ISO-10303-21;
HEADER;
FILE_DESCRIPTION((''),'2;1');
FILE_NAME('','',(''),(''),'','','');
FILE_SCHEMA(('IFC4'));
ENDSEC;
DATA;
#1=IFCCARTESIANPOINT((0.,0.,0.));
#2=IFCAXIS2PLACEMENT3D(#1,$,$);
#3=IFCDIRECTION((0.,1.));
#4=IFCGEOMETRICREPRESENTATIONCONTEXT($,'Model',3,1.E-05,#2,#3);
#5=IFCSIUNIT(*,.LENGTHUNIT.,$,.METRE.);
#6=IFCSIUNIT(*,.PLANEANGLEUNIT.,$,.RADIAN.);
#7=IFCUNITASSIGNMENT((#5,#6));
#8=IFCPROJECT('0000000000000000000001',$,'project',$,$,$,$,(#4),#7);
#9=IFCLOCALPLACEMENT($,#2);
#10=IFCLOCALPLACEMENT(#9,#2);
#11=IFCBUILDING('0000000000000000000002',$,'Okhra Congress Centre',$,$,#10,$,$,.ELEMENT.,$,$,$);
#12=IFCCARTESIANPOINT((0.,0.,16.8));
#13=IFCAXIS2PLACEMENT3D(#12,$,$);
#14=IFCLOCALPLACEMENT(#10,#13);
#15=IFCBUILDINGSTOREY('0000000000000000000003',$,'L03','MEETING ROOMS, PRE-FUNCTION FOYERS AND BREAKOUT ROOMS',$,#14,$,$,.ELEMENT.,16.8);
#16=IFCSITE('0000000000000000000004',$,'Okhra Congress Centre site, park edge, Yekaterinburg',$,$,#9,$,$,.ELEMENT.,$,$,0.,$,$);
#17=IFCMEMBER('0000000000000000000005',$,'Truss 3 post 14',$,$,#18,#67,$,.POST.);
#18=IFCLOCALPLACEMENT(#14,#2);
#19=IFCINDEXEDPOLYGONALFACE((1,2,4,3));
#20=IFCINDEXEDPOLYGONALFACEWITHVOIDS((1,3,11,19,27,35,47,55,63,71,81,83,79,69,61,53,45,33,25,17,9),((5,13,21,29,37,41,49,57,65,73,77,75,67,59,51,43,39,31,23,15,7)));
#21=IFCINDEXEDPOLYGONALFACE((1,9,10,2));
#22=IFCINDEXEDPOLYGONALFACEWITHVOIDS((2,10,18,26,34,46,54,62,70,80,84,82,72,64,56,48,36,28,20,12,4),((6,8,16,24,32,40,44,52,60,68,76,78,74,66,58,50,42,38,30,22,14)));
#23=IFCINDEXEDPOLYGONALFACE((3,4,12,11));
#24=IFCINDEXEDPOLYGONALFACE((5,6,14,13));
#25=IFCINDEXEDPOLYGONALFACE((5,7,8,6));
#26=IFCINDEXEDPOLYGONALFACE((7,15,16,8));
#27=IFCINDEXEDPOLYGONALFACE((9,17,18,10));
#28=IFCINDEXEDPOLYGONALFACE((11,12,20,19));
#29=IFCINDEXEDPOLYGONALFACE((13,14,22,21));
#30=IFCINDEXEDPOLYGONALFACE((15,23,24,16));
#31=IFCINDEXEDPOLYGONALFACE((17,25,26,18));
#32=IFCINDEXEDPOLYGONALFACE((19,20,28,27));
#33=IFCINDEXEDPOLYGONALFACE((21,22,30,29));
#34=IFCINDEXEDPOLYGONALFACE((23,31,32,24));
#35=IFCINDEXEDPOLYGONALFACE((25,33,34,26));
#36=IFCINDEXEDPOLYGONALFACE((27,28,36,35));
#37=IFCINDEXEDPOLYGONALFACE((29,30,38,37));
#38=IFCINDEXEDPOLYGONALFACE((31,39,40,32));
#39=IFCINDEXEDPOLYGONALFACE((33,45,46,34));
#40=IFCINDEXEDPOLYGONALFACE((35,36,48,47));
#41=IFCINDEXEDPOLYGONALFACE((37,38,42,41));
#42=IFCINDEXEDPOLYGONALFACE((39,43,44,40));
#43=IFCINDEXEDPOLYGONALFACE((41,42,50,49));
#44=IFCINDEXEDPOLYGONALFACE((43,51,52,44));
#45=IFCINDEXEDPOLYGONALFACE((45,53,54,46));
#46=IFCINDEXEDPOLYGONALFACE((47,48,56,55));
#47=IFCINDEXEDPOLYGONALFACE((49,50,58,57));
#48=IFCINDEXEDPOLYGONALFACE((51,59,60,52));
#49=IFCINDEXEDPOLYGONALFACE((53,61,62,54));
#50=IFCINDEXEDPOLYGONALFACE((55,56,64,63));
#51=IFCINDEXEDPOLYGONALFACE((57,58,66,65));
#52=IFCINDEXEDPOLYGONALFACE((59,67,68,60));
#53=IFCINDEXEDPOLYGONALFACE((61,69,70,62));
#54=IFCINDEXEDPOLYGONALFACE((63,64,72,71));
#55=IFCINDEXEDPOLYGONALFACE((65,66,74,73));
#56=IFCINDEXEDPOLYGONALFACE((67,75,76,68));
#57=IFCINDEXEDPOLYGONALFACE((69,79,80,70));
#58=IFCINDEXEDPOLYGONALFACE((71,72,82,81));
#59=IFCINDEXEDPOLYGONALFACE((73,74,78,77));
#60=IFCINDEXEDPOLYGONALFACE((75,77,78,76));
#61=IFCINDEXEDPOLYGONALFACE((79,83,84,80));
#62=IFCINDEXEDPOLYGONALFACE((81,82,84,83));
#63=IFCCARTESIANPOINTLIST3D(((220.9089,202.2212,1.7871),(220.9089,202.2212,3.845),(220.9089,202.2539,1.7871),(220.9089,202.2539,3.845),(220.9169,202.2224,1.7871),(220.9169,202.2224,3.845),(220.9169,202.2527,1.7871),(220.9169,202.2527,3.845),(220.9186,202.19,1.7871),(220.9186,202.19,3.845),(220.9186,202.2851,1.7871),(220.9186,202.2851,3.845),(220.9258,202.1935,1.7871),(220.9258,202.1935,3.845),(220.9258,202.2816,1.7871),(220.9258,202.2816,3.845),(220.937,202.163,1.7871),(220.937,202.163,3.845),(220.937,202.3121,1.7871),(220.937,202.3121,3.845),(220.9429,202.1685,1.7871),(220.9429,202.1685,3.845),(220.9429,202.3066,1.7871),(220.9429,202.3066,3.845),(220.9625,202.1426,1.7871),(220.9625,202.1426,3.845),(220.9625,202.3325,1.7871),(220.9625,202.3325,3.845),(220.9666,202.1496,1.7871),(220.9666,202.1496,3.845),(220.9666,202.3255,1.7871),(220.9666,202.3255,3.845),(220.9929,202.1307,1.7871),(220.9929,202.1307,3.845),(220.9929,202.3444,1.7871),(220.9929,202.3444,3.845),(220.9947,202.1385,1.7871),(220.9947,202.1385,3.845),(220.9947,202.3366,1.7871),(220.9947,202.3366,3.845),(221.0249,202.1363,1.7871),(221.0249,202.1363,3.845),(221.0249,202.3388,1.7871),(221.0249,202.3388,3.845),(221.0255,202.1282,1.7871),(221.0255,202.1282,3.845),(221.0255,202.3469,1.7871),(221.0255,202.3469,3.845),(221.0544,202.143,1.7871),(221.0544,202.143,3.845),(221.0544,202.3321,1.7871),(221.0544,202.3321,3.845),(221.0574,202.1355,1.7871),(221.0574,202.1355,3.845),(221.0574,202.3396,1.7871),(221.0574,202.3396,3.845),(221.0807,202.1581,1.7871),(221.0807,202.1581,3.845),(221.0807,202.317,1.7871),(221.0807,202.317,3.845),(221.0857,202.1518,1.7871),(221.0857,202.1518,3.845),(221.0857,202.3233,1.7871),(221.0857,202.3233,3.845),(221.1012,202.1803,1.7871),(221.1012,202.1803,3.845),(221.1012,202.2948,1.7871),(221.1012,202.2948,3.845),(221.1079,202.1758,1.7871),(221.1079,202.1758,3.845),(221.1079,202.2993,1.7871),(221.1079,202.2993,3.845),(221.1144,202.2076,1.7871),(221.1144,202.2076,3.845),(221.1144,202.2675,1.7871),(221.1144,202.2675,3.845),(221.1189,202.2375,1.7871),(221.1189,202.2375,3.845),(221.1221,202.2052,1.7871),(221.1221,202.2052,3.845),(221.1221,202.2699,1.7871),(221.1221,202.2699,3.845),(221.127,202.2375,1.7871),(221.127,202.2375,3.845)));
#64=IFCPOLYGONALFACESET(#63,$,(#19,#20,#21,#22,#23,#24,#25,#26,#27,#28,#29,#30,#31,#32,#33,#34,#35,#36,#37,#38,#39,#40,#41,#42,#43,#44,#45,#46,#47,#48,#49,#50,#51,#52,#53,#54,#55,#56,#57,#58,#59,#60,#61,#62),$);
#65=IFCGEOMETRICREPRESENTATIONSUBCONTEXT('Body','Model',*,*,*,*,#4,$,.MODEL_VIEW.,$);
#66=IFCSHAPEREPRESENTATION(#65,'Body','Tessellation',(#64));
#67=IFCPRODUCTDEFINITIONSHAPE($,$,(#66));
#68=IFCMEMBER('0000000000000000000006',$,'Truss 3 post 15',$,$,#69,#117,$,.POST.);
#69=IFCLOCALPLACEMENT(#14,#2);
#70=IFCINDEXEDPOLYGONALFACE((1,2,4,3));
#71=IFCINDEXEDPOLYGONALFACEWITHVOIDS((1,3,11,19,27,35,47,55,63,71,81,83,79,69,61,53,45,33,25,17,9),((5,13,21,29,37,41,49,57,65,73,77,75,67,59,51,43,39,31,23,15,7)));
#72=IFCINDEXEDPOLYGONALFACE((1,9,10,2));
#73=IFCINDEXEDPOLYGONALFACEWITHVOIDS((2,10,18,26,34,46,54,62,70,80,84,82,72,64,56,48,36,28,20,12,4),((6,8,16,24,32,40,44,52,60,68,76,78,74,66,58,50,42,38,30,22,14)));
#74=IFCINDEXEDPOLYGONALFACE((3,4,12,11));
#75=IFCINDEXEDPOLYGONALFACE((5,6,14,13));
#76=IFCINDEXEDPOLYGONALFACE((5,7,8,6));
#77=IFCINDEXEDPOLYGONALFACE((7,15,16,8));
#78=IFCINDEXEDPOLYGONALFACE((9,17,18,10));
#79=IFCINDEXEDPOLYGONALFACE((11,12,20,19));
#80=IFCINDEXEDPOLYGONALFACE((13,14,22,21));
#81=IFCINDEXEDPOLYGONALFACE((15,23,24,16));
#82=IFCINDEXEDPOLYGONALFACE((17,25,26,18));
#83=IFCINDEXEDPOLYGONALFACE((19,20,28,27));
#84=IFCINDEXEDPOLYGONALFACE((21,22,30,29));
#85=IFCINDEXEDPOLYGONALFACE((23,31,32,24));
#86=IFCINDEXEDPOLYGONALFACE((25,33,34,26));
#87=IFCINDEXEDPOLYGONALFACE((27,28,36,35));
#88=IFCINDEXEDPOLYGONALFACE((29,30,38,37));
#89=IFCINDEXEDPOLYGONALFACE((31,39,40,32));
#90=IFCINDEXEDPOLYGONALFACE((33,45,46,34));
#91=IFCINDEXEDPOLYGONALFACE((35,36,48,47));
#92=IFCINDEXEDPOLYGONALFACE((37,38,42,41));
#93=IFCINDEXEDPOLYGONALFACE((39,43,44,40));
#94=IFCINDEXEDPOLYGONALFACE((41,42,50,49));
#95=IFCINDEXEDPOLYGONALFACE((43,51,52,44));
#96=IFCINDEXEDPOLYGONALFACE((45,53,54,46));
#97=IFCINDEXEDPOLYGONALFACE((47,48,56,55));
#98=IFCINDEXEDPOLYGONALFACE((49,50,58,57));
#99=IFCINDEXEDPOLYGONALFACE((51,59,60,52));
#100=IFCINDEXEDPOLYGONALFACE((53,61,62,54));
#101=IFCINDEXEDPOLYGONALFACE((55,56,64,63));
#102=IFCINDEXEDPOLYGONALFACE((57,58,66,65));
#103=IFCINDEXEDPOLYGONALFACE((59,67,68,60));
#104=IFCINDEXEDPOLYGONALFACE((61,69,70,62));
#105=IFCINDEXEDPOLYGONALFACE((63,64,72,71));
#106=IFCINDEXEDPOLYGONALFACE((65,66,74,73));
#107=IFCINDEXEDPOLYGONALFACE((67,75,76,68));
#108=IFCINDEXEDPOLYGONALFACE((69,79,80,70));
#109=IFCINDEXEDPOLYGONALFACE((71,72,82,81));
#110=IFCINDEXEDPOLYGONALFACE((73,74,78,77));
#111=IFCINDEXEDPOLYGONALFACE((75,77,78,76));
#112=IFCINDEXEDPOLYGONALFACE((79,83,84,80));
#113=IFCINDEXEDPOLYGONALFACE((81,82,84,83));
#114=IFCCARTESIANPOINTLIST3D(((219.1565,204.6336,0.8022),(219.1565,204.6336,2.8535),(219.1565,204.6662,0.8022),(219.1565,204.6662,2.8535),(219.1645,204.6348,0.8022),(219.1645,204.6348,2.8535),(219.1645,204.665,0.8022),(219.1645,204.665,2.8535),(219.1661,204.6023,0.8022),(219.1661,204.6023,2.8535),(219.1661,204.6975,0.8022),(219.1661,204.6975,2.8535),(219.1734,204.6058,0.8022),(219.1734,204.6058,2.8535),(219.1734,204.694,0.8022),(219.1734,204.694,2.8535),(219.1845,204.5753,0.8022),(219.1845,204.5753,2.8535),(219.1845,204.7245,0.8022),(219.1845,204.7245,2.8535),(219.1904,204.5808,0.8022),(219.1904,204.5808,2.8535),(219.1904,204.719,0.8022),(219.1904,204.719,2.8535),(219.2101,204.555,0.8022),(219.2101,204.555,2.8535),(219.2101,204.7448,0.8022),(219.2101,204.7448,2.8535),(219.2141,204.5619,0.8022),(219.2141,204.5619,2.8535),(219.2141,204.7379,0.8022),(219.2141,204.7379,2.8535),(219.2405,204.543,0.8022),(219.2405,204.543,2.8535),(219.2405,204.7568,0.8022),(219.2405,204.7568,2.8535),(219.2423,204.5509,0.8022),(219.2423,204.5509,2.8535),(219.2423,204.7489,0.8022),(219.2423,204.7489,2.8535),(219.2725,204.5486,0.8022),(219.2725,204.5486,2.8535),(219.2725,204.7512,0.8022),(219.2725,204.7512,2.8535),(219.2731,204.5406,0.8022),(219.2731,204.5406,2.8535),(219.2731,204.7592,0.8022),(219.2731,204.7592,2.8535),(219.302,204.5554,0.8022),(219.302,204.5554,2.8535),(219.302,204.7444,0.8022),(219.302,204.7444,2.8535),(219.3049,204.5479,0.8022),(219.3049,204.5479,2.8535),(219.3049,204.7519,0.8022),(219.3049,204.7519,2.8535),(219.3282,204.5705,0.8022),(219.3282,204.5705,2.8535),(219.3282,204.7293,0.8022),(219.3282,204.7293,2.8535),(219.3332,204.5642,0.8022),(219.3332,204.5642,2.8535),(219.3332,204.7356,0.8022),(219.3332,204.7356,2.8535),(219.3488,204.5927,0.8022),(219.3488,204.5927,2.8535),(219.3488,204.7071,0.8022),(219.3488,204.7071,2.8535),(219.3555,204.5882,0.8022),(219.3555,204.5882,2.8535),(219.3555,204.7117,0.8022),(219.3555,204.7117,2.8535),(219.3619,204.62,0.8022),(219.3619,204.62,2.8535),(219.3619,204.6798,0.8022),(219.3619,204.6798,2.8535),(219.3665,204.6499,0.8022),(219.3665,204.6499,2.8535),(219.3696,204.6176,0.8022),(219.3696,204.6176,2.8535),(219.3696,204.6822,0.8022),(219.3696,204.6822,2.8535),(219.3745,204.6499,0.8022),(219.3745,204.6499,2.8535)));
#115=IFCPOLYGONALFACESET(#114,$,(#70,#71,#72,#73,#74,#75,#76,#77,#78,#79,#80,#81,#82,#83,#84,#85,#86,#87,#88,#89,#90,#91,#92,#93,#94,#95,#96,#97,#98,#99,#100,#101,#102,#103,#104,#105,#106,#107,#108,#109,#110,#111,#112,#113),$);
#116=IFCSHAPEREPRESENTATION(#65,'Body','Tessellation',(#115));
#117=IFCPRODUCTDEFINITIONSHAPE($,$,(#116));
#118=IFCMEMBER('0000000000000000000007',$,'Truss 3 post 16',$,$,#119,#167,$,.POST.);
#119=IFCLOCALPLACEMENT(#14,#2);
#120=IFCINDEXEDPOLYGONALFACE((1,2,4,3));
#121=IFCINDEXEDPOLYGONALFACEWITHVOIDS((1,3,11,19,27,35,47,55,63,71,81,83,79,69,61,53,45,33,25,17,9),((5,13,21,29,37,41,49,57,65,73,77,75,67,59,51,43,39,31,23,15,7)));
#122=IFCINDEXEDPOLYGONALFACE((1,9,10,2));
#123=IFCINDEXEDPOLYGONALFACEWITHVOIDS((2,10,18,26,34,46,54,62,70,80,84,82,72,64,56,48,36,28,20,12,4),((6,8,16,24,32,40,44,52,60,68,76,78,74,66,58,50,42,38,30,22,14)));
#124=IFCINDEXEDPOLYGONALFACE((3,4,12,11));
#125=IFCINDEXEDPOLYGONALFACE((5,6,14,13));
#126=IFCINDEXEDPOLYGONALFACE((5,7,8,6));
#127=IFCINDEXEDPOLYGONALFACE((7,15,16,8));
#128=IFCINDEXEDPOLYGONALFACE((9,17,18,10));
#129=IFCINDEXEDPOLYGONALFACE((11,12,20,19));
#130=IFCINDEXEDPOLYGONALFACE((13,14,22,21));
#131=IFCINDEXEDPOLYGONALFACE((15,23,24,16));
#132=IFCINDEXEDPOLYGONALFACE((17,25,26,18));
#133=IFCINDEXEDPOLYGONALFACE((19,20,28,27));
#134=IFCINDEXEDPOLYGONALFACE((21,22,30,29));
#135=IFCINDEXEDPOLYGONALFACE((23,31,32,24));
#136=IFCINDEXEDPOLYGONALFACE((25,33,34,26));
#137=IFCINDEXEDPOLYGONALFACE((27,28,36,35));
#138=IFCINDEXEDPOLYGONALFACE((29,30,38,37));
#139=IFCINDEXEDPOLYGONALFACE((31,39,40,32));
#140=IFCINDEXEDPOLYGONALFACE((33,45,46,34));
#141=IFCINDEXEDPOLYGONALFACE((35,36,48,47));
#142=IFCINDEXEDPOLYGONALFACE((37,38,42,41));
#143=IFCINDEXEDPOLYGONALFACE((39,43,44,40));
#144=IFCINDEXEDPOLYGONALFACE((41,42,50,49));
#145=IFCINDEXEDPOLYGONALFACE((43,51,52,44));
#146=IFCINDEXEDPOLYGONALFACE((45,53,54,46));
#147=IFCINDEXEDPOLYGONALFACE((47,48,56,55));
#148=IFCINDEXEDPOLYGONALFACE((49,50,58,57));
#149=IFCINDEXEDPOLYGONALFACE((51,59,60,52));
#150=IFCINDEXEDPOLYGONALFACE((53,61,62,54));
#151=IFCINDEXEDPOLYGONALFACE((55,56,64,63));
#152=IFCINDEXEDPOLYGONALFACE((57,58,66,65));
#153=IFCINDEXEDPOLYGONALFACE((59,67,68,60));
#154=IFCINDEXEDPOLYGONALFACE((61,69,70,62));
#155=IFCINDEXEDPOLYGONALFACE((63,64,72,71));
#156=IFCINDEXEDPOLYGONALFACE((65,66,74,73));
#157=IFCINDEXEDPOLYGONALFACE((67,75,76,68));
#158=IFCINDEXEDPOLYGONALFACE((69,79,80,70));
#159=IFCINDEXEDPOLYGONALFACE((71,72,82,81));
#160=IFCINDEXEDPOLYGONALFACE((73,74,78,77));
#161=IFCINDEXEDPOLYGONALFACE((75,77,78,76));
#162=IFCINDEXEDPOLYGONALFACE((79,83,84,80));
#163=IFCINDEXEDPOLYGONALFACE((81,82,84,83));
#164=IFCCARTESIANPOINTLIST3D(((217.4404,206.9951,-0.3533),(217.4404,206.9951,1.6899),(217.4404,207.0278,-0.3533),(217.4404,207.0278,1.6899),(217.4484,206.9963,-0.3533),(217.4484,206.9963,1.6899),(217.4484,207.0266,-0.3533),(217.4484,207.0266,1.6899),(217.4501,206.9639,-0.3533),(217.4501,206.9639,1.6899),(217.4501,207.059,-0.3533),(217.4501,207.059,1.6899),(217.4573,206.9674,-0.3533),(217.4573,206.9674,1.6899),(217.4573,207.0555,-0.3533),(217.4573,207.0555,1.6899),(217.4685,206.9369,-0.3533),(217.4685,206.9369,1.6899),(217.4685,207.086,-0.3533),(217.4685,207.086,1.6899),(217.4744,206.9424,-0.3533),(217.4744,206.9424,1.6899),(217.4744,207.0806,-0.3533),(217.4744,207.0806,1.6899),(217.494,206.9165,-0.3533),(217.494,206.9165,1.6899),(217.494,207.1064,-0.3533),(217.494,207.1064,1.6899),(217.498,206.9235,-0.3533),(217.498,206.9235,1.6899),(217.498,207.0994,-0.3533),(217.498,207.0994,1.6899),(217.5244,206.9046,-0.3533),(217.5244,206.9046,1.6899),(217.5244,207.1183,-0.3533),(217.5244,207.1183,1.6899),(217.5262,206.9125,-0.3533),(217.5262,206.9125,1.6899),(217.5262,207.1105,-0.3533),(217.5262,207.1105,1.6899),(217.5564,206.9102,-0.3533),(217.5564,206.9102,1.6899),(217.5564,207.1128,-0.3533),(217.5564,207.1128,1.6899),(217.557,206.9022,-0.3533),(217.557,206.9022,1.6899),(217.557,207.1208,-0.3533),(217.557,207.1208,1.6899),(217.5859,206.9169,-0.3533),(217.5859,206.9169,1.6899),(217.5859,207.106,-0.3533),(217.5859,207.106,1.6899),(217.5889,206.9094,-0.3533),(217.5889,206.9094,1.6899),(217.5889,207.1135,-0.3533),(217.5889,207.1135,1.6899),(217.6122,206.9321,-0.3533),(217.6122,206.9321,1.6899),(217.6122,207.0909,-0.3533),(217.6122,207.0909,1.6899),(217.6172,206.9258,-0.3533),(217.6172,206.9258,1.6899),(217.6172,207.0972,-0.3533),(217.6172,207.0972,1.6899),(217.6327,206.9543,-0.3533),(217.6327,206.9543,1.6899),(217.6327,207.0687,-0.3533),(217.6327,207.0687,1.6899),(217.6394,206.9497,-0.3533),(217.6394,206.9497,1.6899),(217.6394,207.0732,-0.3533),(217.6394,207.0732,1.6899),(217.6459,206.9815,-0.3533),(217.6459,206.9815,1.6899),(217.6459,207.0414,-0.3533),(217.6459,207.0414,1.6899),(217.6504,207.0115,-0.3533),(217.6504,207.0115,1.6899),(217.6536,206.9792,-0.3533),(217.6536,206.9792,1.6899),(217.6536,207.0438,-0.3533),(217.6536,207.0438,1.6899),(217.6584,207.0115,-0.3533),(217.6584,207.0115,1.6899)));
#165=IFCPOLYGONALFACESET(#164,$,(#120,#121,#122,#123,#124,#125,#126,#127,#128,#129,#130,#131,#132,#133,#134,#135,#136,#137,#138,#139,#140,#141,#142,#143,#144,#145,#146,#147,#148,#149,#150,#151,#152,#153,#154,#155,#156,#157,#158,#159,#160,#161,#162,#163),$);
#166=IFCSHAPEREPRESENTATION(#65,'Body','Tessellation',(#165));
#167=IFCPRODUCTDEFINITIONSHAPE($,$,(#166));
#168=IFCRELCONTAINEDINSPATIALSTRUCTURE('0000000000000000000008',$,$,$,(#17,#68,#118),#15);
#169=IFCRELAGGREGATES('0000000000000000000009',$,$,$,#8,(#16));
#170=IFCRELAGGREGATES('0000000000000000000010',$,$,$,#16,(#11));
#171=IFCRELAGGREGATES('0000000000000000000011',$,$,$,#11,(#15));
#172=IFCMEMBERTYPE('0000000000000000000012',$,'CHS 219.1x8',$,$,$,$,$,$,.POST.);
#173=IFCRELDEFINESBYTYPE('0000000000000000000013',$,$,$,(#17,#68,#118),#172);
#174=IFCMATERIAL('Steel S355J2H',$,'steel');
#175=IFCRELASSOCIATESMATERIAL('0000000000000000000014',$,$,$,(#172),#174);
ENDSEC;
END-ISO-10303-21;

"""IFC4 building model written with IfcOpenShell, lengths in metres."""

from ifc_helpers import new_model, si_unit, direction, frame, origin, origin_2d, place, context, subcontext, project, spatial, hollow_circle, extrude, material, material_profile, profile_set, type_object, element, save


model = new_model("IFC4")

# Units and contexts
model_context = context("Model", 3, precision=1e-05, world=origin(), true_north=direction((0.0, 1.0)))
body_context = subcontext(model_context, "Body", "Model", "MODEL_VIEW")
ifc_project = project(units=[si_unit("LENGTHUNIT", "METRE"), si_unit("PLANEANGLEUNIT", "RADIAN")], contexts=[model_context])

# Site, building, storey
site_placement = place(None, origin())
site = spatial("IfcSite", under=ifc_project, at=site_placement, Name="Okhra Congress Centre site, park edge, Yekaterinburg", CompositionType="ELEMENT", RefElevation=0.0)
building_placement = place(site_placement, origin())
building = spatial("IfcBuilding", under=site, at=building_placement, Name="Okhra Congress Centre", CompositionType="ELEMENT")
storey_placement = place(building_placement, frame((0.0, 0.0, 16.8)))
storey = spatial("IfcBuildingStorey", under=building, at=storey_placement, Name="L03", Description="MEETING ROOMS, PRE-FUNCTION FOYERS AND BREAKOUT ROOMS", CompositionType="ELEMENT", Elevation=16.8)

# Members
ifc_material_1 = material(Name="Steel S355J2H", Category="steel")
ifc_material_profile_1 = material_profile(ifc_material_1, hollow_circle(Radius=0.1096, WallThickness=0.0081, at=origin_2d()), Name="CHS 219.1x8")
ifc_profile_set_1 = profile_set([ifc_material_profile_1], Name="Steel S355J2H")
member_type_1 = type_object("IfcMemberType", Name="CHS 219.1x8", PredefinedType="POST", material=ifc_profile_set_1)
member_1_placement = place(storey_placement, frame((221.0173, 202.2375, 1.7871), z_axis=(0.0, 0.0, 1.0), x_axis=(1.0, 0.0, 0.0)))
element("IfcMember", 1, at=member_1_placement, inside=storey, type_object=member_type_1, Name="Truss 3 post 14", PredefinedType="POST", context=body_context, shape_type="SweptSolid", body=[
    extrude(hollow_circle(Radius=0.1096, WallThickness=0.0081, at=origin_2d()), origin(), (0.0, 0.0, 1.0), 2.0579),
])
member_2_placement = place(storey_placement, frame((219.2649, 204.6499, 0.8022), z_axis=(0.0, 0.0, 1.0), x_axis=(1.0, 0.0, 0.0)))
element("IfcMember", 2, at=member_2_placement, inside=storey, type_object=member_type_1, Name="Truss 3 post 15", PredefinedType="POST", context=body_context, shape_type="SweptSolid", body=[
    extrude(hollow_circle(Radius=0.1096, WallThickness=0.0081, at=origin_2d()), origin(), (0.0, 0.0, 1.0), 2.0513),
])
member_3_placement = place(storey_placement, frame((217.5488, 207.0115, -0.3533), z_axis=(0.0, 0.0, 1.0), x_axis=(1.0, 0.0, 0.0)))
element("IfcMember", 3, at=member_3_placement, inside=storey, type_object=member_type_1, Name="Truss 3 post 16", PredefinedType="POST", context=body_context, shape_type="SweptSolid", body=[
    extrude(hollow_circle(Radius=0.1096, WallThickness=0.0081, at=origin_2d()), origin(), (0.0, 0.0, 1.0), 2.0432),
])

save(model, "model.ifc")
